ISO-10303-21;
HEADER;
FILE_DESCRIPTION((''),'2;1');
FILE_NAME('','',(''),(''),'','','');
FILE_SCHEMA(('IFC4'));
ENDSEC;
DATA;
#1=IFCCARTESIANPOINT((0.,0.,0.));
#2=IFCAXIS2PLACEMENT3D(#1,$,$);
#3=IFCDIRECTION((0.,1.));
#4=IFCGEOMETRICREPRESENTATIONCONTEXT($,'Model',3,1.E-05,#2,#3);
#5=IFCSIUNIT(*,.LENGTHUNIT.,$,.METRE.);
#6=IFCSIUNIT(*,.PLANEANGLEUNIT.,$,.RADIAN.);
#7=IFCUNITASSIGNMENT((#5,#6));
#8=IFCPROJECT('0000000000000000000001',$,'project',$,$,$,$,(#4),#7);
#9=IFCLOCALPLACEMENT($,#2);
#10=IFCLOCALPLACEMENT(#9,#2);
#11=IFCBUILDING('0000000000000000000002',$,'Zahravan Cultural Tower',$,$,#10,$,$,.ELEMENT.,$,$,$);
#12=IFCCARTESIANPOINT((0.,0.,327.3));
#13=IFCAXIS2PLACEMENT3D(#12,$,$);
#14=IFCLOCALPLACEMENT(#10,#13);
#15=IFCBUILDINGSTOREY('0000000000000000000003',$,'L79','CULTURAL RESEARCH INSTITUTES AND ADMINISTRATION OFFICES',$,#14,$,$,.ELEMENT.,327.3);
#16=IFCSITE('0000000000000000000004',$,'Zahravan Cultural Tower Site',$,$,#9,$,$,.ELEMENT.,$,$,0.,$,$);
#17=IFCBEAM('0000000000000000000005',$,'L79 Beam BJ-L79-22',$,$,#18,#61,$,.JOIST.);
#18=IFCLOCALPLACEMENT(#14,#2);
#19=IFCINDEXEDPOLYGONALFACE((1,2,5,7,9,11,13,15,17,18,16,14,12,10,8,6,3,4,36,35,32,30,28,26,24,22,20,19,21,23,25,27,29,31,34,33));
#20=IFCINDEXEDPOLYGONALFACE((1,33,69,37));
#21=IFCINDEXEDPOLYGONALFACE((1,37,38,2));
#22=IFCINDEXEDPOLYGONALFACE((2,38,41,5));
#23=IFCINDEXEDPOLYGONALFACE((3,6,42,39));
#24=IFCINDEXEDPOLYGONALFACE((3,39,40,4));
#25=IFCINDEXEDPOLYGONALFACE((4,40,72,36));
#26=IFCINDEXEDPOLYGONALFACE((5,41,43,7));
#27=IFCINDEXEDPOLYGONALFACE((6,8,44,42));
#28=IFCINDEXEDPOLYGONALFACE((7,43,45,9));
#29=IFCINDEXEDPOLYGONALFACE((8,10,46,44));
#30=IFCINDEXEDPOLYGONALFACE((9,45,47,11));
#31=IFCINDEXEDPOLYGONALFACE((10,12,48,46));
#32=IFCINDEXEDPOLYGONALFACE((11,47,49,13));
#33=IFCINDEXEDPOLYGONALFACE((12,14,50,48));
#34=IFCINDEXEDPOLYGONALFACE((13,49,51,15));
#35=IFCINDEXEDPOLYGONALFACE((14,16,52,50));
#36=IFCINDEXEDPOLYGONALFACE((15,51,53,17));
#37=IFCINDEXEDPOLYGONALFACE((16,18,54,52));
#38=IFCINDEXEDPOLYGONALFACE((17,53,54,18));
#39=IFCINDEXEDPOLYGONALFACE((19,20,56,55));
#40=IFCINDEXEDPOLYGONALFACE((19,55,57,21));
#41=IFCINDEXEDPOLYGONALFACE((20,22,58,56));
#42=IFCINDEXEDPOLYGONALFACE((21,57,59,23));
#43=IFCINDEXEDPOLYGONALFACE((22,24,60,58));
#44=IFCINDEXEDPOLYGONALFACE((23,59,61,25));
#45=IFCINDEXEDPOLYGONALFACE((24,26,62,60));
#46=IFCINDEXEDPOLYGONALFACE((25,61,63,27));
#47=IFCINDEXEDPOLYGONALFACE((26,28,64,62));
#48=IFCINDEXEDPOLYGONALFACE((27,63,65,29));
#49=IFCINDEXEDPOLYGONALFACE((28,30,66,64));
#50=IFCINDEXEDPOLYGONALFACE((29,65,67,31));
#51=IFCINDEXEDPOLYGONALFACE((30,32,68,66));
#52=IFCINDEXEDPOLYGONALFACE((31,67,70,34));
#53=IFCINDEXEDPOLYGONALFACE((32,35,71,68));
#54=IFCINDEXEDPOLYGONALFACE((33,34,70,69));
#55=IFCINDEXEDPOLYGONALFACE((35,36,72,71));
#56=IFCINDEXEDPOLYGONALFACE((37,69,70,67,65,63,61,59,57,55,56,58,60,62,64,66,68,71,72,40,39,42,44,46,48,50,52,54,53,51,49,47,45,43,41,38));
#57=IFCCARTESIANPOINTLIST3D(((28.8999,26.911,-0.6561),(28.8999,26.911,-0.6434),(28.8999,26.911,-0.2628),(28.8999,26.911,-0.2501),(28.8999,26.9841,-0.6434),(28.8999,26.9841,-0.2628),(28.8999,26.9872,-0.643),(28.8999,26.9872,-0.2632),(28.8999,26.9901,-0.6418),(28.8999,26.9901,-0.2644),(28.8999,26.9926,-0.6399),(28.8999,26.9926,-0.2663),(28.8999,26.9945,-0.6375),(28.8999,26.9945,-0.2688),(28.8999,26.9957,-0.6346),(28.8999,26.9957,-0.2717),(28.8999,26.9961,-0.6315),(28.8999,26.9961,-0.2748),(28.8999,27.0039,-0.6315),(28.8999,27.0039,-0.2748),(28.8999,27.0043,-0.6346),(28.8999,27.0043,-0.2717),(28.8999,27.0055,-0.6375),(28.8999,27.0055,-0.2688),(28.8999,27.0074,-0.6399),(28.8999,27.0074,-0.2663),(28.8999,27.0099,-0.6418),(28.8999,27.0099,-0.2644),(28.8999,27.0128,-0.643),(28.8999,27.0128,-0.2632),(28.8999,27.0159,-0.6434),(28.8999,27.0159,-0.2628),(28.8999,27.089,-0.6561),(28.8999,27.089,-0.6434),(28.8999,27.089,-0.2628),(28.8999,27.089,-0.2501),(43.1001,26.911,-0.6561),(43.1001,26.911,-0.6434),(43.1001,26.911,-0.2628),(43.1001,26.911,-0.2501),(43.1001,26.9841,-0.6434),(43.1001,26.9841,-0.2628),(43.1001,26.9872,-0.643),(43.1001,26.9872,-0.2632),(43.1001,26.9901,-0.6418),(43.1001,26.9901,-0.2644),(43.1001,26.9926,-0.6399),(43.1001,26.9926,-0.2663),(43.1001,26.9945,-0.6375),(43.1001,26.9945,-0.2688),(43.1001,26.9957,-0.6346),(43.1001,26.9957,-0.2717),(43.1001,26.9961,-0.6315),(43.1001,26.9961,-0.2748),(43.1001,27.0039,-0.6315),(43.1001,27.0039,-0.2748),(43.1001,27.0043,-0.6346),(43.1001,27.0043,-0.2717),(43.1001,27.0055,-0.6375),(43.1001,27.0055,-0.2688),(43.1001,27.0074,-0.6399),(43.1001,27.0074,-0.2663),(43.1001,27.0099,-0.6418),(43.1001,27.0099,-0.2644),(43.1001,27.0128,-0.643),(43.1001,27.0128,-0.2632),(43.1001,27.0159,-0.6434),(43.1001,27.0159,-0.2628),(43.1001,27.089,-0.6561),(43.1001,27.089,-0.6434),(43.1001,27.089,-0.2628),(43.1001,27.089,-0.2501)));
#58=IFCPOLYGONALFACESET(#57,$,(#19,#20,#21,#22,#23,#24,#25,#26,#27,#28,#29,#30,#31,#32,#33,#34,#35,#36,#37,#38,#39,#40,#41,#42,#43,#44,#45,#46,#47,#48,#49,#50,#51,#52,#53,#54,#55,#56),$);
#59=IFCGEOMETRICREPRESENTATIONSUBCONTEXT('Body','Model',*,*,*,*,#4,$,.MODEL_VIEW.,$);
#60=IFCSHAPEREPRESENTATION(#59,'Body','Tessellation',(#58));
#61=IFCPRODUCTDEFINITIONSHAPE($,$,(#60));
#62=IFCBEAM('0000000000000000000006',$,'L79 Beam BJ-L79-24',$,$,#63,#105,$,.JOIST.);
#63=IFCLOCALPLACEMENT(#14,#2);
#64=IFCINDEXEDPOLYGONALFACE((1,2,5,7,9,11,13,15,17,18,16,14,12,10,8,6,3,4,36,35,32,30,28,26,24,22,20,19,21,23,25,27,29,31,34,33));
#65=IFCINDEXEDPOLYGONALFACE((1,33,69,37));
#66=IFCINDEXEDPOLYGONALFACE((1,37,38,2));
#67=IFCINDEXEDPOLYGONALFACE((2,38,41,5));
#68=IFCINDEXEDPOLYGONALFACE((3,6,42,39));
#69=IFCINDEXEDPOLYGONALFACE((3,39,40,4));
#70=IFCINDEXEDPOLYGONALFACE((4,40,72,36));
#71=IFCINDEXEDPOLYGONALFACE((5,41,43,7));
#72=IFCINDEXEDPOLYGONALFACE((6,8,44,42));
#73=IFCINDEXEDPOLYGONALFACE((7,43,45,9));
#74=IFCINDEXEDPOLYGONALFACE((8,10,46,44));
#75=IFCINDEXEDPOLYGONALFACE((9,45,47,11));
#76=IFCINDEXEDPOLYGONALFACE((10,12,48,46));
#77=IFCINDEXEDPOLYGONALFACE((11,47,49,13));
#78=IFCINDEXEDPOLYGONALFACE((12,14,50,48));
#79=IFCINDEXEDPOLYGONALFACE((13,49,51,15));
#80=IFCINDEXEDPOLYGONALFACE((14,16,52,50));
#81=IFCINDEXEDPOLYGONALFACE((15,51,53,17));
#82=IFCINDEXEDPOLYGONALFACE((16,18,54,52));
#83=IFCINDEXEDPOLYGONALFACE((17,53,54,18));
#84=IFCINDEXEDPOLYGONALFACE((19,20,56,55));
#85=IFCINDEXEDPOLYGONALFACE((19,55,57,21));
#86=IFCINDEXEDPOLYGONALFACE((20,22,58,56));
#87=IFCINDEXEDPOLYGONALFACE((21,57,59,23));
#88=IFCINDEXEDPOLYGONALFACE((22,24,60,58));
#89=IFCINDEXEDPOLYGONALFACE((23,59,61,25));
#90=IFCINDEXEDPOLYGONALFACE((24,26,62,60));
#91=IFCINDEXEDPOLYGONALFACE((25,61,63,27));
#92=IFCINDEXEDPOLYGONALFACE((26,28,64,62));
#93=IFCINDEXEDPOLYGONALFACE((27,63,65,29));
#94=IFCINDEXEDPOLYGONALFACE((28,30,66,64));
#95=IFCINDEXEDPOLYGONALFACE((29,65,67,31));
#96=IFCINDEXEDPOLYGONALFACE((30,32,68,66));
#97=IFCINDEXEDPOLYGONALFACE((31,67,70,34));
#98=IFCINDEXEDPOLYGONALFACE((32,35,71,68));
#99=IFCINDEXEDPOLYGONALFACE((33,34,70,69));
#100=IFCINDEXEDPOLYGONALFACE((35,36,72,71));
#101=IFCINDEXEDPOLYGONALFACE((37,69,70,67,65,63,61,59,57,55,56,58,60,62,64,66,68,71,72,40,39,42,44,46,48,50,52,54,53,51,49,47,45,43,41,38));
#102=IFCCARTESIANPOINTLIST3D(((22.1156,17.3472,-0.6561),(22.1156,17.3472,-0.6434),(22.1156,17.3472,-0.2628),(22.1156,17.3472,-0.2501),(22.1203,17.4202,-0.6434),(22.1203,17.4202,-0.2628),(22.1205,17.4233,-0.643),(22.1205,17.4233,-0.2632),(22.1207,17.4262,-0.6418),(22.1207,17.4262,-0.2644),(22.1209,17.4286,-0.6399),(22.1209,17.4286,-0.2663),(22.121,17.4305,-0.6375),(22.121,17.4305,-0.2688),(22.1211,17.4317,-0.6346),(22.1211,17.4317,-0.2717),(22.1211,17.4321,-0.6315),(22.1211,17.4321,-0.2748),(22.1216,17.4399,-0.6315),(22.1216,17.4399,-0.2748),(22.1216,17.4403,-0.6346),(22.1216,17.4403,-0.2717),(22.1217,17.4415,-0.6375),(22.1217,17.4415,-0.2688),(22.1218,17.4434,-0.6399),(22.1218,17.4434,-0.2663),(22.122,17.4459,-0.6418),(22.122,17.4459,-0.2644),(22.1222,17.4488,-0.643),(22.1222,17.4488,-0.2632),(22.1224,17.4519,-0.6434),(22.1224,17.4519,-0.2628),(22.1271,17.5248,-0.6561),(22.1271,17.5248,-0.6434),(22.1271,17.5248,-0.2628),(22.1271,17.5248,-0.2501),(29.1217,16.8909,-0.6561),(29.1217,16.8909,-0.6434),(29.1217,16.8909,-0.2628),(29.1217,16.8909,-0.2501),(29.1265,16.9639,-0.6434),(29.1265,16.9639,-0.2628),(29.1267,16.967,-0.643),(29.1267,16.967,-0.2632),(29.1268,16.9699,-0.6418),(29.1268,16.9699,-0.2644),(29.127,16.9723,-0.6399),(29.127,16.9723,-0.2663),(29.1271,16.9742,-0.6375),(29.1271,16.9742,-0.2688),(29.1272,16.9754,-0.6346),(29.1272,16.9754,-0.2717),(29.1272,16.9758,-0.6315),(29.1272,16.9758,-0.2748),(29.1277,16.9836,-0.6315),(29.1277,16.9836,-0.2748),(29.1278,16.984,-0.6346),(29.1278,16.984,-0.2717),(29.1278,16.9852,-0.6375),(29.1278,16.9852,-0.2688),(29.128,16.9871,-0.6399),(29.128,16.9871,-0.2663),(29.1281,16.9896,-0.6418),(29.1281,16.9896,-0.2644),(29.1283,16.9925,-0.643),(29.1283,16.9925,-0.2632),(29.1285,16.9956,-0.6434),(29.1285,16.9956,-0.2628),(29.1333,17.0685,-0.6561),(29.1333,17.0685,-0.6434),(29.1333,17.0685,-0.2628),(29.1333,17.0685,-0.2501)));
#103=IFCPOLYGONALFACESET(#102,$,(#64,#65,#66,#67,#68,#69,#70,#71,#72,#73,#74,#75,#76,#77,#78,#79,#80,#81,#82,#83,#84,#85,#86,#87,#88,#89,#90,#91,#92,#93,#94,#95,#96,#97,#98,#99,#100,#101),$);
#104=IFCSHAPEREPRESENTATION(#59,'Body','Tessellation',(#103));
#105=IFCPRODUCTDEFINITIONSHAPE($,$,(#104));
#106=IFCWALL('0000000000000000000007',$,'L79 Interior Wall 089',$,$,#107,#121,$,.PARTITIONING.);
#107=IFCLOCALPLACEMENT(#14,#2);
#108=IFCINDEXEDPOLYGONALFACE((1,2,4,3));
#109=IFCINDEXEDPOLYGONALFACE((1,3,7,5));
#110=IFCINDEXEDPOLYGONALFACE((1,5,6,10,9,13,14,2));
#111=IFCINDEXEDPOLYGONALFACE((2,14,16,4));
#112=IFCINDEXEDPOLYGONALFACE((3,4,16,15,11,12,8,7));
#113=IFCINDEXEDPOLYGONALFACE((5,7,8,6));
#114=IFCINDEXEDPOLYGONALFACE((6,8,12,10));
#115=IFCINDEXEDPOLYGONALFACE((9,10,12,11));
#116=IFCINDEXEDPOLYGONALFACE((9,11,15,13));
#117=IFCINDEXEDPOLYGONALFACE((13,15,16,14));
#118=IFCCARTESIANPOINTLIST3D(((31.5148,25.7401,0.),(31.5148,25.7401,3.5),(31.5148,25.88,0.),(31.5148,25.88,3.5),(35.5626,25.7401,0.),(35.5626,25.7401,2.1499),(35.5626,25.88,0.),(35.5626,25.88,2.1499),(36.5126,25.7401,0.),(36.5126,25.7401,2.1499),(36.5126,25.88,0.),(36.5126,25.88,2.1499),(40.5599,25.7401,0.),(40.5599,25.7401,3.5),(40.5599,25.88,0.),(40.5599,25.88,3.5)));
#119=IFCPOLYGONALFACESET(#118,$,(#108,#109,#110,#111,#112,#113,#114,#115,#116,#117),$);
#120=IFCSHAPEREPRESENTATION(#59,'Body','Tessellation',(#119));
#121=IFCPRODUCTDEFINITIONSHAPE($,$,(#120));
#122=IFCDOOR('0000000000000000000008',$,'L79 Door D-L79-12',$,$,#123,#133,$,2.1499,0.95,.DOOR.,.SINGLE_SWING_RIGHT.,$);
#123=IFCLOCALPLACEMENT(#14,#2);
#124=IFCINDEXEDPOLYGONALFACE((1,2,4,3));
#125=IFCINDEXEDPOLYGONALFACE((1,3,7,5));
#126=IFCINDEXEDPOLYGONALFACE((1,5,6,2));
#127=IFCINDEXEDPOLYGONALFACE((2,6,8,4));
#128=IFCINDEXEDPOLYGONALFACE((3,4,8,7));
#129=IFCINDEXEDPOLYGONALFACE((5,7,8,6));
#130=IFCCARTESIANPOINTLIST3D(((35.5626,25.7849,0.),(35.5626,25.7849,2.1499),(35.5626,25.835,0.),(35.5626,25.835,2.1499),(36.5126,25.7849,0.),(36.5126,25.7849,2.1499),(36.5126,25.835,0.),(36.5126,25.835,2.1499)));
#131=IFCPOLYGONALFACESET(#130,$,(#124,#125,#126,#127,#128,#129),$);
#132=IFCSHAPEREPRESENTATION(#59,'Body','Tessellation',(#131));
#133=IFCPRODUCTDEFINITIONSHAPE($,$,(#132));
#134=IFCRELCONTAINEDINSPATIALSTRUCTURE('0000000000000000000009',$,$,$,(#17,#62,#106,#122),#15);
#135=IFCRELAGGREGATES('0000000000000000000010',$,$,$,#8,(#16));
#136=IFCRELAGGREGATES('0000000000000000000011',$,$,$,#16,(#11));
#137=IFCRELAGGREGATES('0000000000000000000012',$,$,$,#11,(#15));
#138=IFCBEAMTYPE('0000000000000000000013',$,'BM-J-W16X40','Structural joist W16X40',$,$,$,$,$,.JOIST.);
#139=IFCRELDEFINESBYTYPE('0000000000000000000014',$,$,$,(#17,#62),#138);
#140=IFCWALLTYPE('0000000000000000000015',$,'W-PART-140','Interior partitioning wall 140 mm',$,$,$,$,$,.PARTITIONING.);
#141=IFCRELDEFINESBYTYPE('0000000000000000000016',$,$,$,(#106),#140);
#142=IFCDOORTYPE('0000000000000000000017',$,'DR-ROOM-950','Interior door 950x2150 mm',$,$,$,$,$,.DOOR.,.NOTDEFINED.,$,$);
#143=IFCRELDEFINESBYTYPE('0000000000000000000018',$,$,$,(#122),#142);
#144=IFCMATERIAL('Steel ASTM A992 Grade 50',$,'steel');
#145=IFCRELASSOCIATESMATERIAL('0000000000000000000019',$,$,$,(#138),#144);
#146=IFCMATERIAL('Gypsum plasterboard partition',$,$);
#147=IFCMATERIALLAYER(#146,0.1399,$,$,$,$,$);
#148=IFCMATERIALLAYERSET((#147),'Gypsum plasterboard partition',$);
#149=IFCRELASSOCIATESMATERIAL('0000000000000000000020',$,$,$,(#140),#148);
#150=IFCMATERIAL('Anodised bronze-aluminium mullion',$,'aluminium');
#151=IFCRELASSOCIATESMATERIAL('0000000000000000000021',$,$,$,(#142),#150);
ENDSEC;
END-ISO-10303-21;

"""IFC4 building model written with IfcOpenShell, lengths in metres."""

from ifc_helpers import new_model, si_unit, direction, frame, frame_2d, origin, origin_2d, place, context, subcontext, project, spatial, rectangle, i_section, extrude, source, transform, mapped, material, layer, layer_set, material_profile, profile_set, type_object, element, fill, save


model = new_model("IFC4")

# Units and contexts
model_context = context("Model", 3, precision=1e-05, world=origin(), true_north=direction((0.0, 1.0)))
body_context = subcontext(model_context, "Body", "Model", "MODEL_VIEW")
ifc_project = project(units=[si_unit("LENGTHUNIT", "METRE"), si_unit("PLANEANGLEUNIT", "RADIAN")], contexts=[model_context])

# Site, building, storey
site_placement = place(None, origin())
site = spatial("IfcSite", under=ifc_project, at=site_placement, Name="Zahravan Cultural Tower Site", CompositionType="ELEMENT", RefElevation=0.0)
building_placement = place(site_placement, origin())
building = spatial("IfcBuilding", under=site, at=building_placement, Name="Zahravan Cultural Tower", CompositionType="ELEMENT")
storey_placement = place(building_placement, frame((0.0, 0.0, 327.3)))
storey = spatial("IfcBuildingStorey", under=building, at=storey_placement, Name="L79", Description="CULTURAL RESEARCH INSTITUTES AND ADMINISTRATION OFFICES", CompositionType="ELEMENT", Elevation=327.3)

# Beams
ifc_material_1 = material(Name="Steel ASTM A992 Grade 50", Category="steel")
ifc_material_profile_1 = material_profile(ifc_material_1, i_section(OverallWidth=0.178, OverallDepth=0.406, WebThickness=0.0078, FlangeThickness=0.0127, FilletRadius=0.012, at=origin_2d()), Name="W16X40")
ifc_profile_set_1 = profile_set([ifc_material_profile_1], Name="Steel ASTM A992 Grade 50")
beam_type_1 = type_object("IfcBeamType", Name="BM-J-W16X40", Description="Structural joist W16X40", PredefinedType="JOIST", material=ifc_profile_set_1)
shared_shape_1 = source(origin(), body_context, "Body", "SweptSolid", [
    extrude(i_section(OverallWidth=0.178, OverallDepth=0.406, WebThickness=0.0078, FlangeThickness=0.0127, FilletRadius=0.012, at=origin_2d()), origin(), (0.0, 0.0, 1.0), 14.2002),
])
for number, where, z_axis, x_axis, name in (
    (1, (28.8999, 27.0, -0.4531), (1.0, 0.0, 0.0), (0.0, 1.0, 0.0), "L79 Beam BJ-L79-22"),
):
    element("IfcBeam", number, at=place(storey_placement, frame(where, z_axis=z_axis, x_axis=x_axis)), inside=storey, type_object=beam_type_1, Name=name, PredefinedType="JOIST", context=body_context, shape_type="MappedRepresentation", body=[
        mapped(shared_shape_1, transform((0.0, 0.0, 0.0), x_axis=(1.0, 0.0, 0.0), y_axis=(0.0, 1.0, 0.0), z_axis=(0.0, 0.0, 1.0), scale=1.0)),
    ])
shared_shape_2 = source(origin(), body_context, "Body", "SweptSolid", [
    extrude(i_section(OverallWidth=0.178, OverallDepth=0.406, WebThickness=0.0078, FlangeThickness=0.0127, FilletRadius=0.012, at=origin_2d()), origin(), (0.0, 0.0, 1.0), 7.021),
])
beam_1_placement = place(storey_placement, frame((22.1213, 17.436, -0.4531), z_axis=(0.997886, -0.064991, 0.0), x_axis=(0.064991, 0.997886, 0.0)))
element("IfcBeam", 2, at=beam_1_placement, inside=storey, type_object=beam_type_1, Name="L79 Beam BJ-L79-24", PredefinedType="JOIST", context=body_context, shape_type="MappedRepresentation", body=[
    mapped(shared_shape_2, transform((0.0, 0.0, 0.0), x_axis=(1.0, 0.0, 0.0), y_axis=(0.0, 1.0, 0.0), z_axis=(0.0, 0.0, 1.0), scale=1.0)),
])

# Wall, opening, door
ifc_material_2 = material(Name="Gypsum plasterboard partition")
ifc_layer_1 = layer(ifc_material_2, 0.1399)
ifc_layer_set_1 = layer_set([ifc_layer_1], Name="Gypsum plasterboard partition")
wall_type_1 = type_object("IfcWallType", Name="W-PART-140", Description="Interior partitioning wall 140 mm", PredefinedType="PARTITIONING", material=ifc_layer_set_1)
wall_1_placement = place(storey_placement, frame((31.5149, 25.8101, 0.0), z_axis=(0.0, 0.0, 1.0), x_axis=(1.0, 0.0, 0.0)))
wall_1 = element("IfcWall", 3, at=wall_1_placement, inside=storey, type_object=wall_type_1, Name="L79 Interior Wall 089", PredefinedType="PARTITIONING", context=body_context, shape_type="SweptSolid", body=[
    extrude(rectangle(XDim=9.0452, YDim=0.1399, at=frame_2d((4.5225, 0.0))), origin(), (0.0, 0.0, 1.0), 3.5),
])
opening_1_placement = place(wall_1_placement, frame((4.0476, 0.0, 0.0)))
opening_1 = element("IfcOpeningElement", 4, at=opening_1_placement, cuts=wall_1, PredefinedType="OPENING", context=body_context, shape_type="SweptSolid", body=[
    extrude(rectangle(XDim=0.95, YDim=2.1499, at=frame_2d((0.4751, 1.075))), frame((0.0, 0.0798, 0.0), z_axis=(0.0, -1.0, 0.0), x_axis=(1.0, 0.0, 0.0)), (0.0, 0.0, 1.0), 0.1599),
])
ifc_material_3 = material(Name="Anodised bronze-aluminium mullion", Category="aluminium")
door_type_1 = type_object("IfcDoorType", Name="DR-ROOM-950", Description="Interior door 950x2150 mm", OperationType="NOTDEFINED", PredefinedType="DOOR", material=ifc_material_3)
shared_shape_3 = source(origin(), body_context, "Body", "SweptSolid", [
    extrude(rectangle(XDim=0.95, YDim=2.1499, at=frame_2d((0.4751, 1.075))), frame((0.0, 0.0249, 0.0), z_axis=(0.0, -1.0, 0.0), x_axis=(1.0, 0.0, 0.0)), (0.0, 0.0, 1.0), 0.05),
])
door_1_placement = place(opening_1_placement, origin())
door_1 = element("IfcDoor", 5, at=door_1_placement, inside=storey, type_object=door_type_1, Name="L79 Door D-L79-12", OperationType="SINGLE_SWING_RIGHT", OverallHeight=2.1499, OverallWidth=0.95, PredefinedType="DOOR", context=body_context, shape_type="MappedRepresentation", body=[
    mapped(shared_shape_3, transform((0.0, 0.0, 0.0), x_axis=(1.0, 0.0, 0.0), y_axis=(0.0, 1.0, 0.0), z_axis=(0.0, 0.0, 1.0), scale=1.0)),
])
fill(opening_1, door_1)

save(model, "model.ifc")
